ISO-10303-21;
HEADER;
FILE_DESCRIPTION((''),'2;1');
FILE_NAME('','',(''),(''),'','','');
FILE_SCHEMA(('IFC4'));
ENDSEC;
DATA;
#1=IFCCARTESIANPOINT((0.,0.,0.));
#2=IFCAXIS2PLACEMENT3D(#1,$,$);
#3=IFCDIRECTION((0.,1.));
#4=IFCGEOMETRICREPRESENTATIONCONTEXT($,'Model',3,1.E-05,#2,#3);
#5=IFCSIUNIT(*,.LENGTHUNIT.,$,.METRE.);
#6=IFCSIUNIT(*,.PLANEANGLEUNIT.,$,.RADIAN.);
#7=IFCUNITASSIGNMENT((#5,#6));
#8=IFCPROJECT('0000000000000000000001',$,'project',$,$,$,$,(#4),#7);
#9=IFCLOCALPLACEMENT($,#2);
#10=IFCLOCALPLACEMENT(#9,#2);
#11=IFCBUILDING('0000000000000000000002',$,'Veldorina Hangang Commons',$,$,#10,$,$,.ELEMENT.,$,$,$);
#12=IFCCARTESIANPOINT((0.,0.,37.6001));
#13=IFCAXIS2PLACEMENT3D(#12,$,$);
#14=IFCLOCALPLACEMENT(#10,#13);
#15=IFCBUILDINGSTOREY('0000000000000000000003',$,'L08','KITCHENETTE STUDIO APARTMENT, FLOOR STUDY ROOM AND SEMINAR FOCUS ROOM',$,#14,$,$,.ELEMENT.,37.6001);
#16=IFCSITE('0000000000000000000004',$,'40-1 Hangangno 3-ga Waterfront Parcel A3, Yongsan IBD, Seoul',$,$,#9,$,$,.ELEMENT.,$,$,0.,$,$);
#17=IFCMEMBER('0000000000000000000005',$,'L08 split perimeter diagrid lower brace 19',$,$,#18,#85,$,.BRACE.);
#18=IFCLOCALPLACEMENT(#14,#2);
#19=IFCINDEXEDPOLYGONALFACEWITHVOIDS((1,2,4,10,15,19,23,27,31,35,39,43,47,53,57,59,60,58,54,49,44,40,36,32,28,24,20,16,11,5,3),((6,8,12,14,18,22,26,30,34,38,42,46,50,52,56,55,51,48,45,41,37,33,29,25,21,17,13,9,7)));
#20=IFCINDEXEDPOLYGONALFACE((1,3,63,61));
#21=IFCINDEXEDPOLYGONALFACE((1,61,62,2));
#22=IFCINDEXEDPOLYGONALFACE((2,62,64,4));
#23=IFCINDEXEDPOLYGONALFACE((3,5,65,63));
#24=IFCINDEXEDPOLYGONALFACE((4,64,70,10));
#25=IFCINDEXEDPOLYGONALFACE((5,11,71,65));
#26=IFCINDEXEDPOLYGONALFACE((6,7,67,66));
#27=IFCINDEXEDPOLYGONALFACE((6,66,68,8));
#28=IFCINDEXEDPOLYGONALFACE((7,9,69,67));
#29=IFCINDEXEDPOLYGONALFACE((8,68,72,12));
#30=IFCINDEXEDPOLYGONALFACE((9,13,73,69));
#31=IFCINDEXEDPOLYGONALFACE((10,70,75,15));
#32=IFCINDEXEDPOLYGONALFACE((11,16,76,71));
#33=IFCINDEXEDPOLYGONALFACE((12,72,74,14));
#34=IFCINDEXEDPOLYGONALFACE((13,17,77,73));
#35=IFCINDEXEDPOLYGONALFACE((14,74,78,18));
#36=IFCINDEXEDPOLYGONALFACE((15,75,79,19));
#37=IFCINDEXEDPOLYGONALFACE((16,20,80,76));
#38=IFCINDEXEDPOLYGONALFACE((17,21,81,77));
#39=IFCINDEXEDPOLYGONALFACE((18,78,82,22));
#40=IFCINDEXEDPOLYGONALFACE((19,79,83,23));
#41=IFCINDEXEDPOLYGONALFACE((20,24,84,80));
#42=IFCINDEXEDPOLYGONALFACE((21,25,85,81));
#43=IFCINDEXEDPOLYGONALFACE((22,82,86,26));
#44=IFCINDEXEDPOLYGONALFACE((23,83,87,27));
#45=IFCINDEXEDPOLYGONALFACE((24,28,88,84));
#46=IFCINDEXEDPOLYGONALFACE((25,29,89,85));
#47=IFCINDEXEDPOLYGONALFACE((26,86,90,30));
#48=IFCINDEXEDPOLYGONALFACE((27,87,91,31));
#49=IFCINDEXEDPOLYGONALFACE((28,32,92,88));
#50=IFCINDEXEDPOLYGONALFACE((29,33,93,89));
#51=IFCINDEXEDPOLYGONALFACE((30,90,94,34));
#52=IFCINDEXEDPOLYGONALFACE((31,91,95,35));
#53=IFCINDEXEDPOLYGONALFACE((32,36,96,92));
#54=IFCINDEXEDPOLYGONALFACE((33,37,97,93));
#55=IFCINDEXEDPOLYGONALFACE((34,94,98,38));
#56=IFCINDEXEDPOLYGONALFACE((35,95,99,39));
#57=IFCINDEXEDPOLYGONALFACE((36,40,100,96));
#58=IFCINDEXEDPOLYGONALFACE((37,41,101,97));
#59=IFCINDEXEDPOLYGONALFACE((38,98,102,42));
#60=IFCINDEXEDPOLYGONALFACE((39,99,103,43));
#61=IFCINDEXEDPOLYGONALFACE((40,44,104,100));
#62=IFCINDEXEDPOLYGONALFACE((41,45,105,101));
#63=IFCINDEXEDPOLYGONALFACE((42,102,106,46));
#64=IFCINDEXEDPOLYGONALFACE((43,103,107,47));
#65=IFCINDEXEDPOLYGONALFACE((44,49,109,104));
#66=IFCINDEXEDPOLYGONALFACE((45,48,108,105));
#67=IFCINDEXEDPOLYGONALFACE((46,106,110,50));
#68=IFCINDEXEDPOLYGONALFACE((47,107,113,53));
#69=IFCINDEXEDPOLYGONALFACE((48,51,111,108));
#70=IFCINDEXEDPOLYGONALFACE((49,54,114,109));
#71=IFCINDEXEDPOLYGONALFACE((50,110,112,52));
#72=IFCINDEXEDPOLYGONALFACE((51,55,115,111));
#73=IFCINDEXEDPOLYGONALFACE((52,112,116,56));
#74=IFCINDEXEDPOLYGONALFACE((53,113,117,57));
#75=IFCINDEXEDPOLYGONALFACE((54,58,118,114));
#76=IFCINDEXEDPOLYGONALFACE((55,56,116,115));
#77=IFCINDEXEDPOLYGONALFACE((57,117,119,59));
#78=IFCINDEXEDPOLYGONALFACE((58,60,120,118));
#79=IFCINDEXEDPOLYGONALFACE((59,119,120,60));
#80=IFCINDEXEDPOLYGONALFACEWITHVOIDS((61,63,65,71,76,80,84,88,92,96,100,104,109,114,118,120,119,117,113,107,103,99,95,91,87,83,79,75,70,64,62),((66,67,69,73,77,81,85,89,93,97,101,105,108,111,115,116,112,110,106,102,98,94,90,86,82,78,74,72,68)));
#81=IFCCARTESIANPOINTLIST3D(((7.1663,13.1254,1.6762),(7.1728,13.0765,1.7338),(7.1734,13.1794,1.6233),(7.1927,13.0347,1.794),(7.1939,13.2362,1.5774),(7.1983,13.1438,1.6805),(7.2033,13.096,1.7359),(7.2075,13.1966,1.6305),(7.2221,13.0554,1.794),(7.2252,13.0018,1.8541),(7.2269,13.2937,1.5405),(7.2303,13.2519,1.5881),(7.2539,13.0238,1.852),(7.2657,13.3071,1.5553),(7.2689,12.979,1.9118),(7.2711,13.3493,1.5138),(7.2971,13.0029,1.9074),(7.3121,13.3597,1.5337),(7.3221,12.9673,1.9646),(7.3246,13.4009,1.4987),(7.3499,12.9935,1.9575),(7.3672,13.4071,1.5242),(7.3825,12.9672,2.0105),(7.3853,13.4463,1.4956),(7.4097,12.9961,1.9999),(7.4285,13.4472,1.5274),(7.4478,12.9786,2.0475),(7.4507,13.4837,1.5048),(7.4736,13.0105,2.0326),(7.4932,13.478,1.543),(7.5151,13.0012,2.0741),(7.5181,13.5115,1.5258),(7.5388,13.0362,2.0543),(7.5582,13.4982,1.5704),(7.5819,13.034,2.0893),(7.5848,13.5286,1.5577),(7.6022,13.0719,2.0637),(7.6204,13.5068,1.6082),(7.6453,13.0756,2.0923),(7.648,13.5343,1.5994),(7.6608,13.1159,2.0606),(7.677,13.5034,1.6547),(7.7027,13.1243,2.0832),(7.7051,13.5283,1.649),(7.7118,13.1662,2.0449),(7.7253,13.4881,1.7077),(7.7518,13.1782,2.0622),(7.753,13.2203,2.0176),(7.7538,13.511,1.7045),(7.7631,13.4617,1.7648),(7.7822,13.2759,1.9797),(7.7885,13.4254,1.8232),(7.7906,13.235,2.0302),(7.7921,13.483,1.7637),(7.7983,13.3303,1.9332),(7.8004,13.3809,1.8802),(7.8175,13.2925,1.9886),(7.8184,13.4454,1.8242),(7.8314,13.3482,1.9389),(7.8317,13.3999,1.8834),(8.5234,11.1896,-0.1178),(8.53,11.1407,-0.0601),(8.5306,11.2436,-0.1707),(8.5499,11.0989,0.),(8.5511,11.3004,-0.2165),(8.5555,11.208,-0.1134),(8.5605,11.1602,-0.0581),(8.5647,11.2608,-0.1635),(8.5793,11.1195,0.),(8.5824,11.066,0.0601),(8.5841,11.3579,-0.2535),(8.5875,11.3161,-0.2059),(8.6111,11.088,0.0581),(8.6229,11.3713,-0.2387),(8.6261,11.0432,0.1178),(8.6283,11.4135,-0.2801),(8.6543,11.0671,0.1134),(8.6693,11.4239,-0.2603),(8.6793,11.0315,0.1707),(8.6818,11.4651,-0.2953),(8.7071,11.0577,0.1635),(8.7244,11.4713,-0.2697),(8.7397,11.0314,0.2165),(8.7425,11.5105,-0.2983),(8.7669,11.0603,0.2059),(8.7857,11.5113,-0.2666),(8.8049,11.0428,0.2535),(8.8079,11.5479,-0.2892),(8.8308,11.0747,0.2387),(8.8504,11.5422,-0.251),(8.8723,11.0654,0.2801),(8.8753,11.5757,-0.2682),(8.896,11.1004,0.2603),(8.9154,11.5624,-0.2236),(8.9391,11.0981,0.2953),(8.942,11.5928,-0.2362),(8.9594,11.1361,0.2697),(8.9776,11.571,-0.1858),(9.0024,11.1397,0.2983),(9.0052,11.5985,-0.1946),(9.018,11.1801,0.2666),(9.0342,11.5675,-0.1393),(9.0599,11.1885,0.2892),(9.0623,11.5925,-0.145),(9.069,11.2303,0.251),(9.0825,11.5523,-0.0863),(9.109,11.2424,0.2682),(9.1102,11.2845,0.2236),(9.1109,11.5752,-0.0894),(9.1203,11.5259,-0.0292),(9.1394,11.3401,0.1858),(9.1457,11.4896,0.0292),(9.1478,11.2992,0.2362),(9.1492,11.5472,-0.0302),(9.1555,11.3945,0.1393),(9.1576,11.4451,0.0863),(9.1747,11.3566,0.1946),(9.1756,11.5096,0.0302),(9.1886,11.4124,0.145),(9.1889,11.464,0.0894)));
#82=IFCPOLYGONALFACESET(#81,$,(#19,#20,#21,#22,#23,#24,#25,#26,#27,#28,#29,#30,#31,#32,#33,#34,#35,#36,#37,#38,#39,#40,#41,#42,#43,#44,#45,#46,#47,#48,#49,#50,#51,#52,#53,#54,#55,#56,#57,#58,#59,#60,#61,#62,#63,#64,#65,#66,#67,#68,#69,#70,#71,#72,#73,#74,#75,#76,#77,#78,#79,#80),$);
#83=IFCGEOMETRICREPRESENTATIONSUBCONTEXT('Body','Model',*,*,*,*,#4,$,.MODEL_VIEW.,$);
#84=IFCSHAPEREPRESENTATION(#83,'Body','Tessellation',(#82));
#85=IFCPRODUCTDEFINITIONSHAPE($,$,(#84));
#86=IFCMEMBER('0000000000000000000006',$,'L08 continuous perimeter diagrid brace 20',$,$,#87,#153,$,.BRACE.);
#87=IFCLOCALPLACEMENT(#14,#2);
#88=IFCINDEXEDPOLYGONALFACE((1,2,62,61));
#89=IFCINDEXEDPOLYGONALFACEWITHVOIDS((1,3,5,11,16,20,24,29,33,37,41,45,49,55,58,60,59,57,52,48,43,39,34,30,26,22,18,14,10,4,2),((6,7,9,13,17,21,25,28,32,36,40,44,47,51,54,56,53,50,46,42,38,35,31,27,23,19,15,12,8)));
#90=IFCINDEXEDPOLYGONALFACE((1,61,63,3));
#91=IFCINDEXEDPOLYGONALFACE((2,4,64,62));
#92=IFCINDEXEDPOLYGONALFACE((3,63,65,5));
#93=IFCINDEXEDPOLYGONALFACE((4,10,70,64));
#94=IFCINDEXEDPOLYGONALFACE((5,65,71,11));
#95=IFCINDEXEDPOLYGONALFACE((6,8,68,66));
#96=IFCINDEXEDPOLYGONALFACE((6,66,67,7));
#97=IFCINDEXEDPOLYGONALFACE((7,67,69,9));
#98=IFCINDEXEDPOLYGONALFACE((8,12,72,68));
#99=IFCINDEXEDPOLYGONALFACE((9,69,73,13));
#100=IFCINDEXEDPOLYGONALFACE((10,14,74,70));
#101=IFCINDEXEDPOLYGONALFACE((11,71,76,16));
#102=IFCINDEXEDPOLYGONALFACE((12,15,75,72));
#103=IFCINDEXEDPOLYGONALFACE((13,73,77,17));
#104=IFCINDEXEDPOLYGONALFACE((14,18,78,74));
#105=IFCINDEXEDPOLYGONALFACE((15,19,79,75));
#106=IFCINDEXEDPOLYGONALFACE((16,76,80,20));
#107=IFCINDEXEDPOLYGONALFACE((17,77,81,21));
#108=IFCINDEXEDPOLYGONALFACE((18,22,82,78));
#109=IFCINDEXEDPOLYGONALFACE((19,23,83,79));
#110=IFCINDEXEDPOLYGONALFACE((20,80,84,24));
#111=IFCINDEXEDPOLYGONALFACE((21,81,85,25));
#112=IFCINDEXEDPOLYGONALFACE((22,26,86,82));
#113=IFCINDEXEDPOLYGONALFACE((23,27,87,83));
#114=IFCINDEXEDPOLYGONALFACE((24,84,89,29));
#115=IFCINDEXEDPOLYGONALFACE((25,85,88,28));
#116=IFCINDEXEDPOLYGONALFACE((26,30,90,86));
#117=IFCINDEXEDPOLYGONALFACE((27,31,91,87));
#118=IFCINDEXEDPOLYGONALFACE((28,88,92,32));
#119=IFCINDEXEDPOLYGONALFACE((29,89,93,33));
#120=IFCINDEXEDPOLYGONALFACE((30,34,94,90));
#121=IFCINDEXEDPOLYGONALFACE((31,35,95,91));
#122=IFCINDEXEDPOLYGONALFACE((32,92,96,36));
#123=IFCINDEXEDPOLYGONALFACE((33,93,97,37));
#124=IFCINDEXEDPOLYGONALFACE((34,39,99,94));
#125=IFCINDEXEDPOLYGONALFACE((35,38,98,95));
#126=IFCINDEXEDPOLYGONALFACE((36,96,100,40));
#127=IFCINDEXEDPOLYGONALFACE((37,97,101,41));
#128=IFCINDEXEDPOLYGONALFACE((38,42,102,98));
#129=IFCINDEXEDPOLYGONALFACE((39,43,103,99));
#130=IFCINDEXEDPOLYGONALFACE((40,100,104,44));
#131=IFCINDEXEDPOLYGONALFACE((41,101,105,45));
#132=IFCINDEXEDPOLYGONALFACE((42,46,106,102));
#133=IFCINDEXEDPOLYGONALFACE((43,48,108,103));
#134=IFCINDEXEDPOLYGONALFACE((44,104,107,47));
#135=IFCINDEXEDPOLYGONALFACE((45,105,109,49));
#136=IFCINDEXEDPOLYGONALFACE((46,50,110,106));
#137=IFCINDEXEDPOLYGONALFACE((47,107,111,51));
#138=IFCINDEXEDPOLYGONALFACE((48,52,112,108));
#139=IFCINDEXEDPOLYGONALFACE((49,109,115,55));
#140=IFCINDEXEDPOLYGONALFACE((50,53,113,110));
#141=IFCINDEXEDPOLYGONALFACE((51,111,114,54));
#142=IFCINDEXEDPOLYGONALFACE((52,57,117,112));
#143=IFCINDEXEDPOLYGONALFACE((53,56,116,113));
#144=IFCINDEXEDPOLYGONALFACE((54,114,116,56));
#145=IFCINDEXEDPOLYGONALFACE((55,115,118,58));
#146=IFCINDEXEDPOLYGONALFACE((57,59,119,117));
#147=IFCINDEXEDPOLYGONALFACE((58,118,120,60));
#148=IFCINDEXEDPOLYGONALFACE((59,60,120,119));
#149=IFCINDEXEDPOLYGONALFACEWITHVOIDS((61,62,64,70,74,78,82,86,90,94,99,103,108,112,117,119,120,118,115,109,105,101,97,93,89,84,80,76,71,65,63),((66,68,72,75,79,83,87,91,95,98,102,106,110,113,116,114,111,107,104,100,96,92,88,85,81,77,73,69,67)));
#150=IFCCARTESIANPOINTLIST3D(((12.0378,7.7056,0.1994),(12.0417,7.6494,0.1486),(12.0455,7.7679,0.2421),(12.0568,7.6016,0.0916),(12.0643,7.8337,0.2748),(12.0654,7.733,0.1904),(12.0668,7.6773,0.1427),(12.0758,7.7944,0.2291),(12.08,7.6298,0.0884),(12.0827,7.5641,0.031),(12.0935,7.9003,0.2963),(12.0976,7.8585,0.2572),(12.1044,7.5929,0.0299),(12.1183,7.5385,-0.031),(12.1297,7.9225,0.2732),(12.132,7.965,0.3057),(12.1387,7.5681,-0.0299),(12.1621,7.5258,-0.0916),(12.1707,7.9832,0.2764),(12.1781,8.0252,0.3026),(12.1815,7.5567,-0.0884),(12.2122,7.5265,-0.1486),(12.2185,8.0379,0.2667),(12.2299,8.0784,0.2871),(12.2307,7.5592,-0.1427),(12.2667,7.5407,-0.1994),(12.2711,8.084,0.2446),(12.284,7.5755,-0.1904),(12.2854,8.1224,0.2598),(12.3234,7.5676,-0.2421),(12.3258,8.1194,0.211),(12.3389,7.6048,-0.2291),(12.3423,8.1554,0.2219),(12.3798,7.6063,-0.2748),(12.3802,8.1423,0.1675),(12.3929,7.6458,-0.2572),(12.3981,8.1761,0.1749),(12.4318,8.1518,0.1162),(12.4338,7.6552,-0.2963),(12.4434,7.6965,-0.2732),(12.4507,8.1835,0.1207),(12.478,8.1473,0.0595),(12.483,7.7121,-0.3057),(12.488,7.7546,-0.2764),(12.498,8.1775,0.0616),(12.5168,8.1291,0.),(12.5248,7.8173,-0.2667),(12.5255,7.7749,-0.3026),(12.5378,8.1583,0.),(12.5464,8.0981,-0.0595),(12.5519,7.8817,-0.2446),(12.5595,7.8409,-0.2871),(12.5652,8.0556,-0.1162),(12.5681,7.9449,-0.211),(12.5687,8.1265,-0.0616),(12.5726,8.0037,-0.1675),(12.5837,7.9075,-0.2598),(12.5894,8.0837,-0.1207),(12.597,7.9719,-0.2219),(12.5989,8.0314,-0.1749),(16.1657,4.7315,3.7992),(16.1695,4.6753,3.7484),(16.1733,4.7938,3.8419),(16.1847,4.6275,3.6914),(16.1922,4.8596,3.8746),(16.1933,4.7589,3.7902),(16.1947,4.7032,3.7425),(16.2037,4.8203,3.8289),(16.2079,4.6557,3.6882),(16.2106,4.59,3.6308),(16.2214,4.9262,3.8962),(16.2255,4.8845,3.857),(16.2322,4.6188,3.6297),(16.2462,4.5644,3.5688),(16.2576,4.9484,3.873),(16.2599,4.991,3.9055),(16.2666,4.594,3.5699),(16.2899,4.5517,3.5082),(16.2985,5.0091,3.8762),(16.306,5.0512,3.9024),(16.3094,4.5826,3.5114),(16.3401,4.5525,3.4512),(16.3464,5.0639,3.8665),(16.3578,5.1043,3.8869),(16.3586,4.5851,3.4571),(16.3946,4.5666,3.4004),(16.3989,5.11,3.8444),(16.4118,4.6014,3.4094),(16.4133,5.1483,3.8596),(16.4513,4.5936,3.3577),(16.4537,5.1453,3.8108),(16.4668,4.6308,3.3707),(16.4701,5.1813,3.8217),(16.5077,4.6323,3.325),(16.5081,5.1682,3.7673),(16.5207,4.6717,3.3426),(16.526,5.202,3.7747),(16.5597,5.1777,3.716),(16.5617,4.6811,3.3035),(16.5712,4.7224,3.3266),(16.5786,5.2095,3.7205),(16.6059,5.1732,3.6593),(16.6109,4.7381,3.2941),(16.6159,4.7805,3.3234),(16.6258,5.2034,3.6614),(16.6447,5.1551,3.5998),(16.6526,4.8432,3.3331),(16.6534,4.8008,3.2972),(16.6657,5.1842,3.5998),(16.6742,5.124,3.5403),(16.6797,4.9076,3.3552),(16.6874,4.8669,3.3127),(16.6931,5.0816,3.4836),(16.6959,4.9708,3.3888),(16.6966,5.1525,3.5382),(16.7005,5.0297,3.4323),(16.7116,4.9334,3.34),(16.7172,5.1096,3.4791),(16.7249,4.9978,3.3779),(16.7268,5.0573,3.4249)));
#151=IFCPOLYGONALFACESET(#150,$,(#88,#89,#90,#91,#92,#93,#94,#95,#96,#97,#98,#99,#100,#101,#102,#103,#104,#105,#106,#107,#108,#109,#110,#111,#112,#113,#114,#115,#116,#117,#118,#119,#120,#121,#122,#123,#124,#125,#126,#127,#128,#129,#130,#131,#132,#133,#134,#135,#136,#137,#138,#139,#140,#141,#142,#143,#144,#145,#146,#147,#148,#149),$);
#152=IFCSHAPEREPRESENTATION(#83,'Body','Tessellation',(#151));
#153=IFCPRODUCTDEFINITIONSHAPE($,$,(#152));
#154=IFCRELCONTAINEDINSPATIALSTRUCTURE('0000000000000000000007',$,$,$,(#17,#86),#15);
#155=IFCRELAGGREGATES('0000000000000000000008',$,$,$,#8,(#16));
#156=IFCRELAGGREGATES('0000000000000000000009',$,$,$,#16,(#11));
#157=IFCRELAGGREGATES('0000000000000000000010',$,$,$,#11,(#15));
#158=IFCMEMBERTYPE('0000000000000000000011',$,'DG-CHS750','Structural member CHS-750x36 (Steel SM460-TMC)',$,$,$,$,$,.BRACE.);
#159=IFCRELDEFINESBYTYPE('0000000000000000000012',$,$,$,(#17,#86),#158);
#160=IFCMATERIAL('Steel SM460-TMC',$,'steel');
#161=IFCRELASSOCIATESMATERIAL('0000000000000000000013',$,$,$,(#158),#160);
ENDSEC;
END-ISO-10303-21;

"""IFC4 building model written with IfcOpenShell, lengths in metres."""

from ifc_helpers import new_model, si_unit, direction, frame, origin, origin_2d, place, context, subcontext, project, spatial, hollow_circle, extrude, material, material_profile, profile_set, type_object, element, save


model = new_model("IFC4")

# Units and contexts
model_context = context("Model", 3, precision=1e-05, world=origin(), true_north=direction((0.0, 1.0)))
body_context = subcontext(model_context, "Body", "Model", "MODEL_VIEW")
ifc_project = project(units=[si_unit("LENGTHUNIT", "METRE"), si_unit("PLANEANGLEUNIT", "RADIAN")], contexts=[model_context])

# Site, building, storey
site_placement = place(None, origin())
site = spatial("IfcSite", under=ifc_project, at=site_placement, Name="40-1 Hangangno 3-ga Waterfront Parcel A3, Yongsan IBD, Seoul", CompositionType="ELEMENT", RefElevation=0.0)
building_placement = place(site_placement, origin())
building = spatial("IfcBuilding", under=site, at=building_placement, Name="Veldorina Hangang Commons", CompositionType="ELEMENT")
storey_placement = place(building_placement, frame((0.0, 0.0, 37.6001)))
storey = spatial("IfcBuildingStorey", under=building, at=storey_placement, Name="L08", Description="KITCHENETTE STUDIO APARTMENT, FLOOR STUDY ROOM AND SEMINAR FOCUS ROOM", CompositionType="ELEMENT", Elevation=37.6001)

# Shared definitions
ifc_material_1 = material(Name="Steel SM460-TMC", Category="steel")

# Members
ifc_material_profile_1 = material_profile(ifc_material_1, hollow_circle(Radius=0.375, WallThickness=0.0359, at=origin_2d()), Name="CHS-750x36")
ifc_profile_set_1 = profile_set([ifc_material_profile_1], Name="Steel SM460-TMC")
member_type = type_object("IfcMemberType", Name="DG-CHS750", Description="Structural member CHS-750x36 (Steel SM460-TMC)", PredefinedType="BRACE", material=ifc_profile_set_1)
member_1_placement = place(storey_placement, frame((8.8569, 11.3142, 0.0), z_axis=(-0.457311, 0.652279, 0.604483), x_axis=(-0.81881, -0.574065, 0.0)))
element("IfcMember", 1, at=member_1_placement, inside=storey, type_object=member_type, Name="L08 split perimeter diagrid lower brace 19", PredefinedType="BRACE", context=body_context, shape_type="SweptSolid", body=[
    extrude(hollow_circle(Radius=0.375, WallThickness=0.0359, at=origin_2d()), origin(), (0.0, 0.0, 1.0), 2.9678),
])
member_2_placement = place(storey_placement, frame((12.3186, 7.854, 0.0), z_axis=(0.662322, -0.477195, 0.577593), x_axis=(0.584565, 0.811347, 0.0)))
element("IfcMember", 2, at=member_2_placement, inside=storey, type_object=member_type, Name="L08 continuous perimeter diagrid brace 20", PredefinedType="BRACE", context=body_context, shape_type="SweptSolid", body=[
    extrude(hollow_circle(Radius=0.375, WallThickness=0.0359, at=origin_2d()), origin(), (0.0, 0.0, 1.0), 6.2324),
])

save(model, "model.ifc")
